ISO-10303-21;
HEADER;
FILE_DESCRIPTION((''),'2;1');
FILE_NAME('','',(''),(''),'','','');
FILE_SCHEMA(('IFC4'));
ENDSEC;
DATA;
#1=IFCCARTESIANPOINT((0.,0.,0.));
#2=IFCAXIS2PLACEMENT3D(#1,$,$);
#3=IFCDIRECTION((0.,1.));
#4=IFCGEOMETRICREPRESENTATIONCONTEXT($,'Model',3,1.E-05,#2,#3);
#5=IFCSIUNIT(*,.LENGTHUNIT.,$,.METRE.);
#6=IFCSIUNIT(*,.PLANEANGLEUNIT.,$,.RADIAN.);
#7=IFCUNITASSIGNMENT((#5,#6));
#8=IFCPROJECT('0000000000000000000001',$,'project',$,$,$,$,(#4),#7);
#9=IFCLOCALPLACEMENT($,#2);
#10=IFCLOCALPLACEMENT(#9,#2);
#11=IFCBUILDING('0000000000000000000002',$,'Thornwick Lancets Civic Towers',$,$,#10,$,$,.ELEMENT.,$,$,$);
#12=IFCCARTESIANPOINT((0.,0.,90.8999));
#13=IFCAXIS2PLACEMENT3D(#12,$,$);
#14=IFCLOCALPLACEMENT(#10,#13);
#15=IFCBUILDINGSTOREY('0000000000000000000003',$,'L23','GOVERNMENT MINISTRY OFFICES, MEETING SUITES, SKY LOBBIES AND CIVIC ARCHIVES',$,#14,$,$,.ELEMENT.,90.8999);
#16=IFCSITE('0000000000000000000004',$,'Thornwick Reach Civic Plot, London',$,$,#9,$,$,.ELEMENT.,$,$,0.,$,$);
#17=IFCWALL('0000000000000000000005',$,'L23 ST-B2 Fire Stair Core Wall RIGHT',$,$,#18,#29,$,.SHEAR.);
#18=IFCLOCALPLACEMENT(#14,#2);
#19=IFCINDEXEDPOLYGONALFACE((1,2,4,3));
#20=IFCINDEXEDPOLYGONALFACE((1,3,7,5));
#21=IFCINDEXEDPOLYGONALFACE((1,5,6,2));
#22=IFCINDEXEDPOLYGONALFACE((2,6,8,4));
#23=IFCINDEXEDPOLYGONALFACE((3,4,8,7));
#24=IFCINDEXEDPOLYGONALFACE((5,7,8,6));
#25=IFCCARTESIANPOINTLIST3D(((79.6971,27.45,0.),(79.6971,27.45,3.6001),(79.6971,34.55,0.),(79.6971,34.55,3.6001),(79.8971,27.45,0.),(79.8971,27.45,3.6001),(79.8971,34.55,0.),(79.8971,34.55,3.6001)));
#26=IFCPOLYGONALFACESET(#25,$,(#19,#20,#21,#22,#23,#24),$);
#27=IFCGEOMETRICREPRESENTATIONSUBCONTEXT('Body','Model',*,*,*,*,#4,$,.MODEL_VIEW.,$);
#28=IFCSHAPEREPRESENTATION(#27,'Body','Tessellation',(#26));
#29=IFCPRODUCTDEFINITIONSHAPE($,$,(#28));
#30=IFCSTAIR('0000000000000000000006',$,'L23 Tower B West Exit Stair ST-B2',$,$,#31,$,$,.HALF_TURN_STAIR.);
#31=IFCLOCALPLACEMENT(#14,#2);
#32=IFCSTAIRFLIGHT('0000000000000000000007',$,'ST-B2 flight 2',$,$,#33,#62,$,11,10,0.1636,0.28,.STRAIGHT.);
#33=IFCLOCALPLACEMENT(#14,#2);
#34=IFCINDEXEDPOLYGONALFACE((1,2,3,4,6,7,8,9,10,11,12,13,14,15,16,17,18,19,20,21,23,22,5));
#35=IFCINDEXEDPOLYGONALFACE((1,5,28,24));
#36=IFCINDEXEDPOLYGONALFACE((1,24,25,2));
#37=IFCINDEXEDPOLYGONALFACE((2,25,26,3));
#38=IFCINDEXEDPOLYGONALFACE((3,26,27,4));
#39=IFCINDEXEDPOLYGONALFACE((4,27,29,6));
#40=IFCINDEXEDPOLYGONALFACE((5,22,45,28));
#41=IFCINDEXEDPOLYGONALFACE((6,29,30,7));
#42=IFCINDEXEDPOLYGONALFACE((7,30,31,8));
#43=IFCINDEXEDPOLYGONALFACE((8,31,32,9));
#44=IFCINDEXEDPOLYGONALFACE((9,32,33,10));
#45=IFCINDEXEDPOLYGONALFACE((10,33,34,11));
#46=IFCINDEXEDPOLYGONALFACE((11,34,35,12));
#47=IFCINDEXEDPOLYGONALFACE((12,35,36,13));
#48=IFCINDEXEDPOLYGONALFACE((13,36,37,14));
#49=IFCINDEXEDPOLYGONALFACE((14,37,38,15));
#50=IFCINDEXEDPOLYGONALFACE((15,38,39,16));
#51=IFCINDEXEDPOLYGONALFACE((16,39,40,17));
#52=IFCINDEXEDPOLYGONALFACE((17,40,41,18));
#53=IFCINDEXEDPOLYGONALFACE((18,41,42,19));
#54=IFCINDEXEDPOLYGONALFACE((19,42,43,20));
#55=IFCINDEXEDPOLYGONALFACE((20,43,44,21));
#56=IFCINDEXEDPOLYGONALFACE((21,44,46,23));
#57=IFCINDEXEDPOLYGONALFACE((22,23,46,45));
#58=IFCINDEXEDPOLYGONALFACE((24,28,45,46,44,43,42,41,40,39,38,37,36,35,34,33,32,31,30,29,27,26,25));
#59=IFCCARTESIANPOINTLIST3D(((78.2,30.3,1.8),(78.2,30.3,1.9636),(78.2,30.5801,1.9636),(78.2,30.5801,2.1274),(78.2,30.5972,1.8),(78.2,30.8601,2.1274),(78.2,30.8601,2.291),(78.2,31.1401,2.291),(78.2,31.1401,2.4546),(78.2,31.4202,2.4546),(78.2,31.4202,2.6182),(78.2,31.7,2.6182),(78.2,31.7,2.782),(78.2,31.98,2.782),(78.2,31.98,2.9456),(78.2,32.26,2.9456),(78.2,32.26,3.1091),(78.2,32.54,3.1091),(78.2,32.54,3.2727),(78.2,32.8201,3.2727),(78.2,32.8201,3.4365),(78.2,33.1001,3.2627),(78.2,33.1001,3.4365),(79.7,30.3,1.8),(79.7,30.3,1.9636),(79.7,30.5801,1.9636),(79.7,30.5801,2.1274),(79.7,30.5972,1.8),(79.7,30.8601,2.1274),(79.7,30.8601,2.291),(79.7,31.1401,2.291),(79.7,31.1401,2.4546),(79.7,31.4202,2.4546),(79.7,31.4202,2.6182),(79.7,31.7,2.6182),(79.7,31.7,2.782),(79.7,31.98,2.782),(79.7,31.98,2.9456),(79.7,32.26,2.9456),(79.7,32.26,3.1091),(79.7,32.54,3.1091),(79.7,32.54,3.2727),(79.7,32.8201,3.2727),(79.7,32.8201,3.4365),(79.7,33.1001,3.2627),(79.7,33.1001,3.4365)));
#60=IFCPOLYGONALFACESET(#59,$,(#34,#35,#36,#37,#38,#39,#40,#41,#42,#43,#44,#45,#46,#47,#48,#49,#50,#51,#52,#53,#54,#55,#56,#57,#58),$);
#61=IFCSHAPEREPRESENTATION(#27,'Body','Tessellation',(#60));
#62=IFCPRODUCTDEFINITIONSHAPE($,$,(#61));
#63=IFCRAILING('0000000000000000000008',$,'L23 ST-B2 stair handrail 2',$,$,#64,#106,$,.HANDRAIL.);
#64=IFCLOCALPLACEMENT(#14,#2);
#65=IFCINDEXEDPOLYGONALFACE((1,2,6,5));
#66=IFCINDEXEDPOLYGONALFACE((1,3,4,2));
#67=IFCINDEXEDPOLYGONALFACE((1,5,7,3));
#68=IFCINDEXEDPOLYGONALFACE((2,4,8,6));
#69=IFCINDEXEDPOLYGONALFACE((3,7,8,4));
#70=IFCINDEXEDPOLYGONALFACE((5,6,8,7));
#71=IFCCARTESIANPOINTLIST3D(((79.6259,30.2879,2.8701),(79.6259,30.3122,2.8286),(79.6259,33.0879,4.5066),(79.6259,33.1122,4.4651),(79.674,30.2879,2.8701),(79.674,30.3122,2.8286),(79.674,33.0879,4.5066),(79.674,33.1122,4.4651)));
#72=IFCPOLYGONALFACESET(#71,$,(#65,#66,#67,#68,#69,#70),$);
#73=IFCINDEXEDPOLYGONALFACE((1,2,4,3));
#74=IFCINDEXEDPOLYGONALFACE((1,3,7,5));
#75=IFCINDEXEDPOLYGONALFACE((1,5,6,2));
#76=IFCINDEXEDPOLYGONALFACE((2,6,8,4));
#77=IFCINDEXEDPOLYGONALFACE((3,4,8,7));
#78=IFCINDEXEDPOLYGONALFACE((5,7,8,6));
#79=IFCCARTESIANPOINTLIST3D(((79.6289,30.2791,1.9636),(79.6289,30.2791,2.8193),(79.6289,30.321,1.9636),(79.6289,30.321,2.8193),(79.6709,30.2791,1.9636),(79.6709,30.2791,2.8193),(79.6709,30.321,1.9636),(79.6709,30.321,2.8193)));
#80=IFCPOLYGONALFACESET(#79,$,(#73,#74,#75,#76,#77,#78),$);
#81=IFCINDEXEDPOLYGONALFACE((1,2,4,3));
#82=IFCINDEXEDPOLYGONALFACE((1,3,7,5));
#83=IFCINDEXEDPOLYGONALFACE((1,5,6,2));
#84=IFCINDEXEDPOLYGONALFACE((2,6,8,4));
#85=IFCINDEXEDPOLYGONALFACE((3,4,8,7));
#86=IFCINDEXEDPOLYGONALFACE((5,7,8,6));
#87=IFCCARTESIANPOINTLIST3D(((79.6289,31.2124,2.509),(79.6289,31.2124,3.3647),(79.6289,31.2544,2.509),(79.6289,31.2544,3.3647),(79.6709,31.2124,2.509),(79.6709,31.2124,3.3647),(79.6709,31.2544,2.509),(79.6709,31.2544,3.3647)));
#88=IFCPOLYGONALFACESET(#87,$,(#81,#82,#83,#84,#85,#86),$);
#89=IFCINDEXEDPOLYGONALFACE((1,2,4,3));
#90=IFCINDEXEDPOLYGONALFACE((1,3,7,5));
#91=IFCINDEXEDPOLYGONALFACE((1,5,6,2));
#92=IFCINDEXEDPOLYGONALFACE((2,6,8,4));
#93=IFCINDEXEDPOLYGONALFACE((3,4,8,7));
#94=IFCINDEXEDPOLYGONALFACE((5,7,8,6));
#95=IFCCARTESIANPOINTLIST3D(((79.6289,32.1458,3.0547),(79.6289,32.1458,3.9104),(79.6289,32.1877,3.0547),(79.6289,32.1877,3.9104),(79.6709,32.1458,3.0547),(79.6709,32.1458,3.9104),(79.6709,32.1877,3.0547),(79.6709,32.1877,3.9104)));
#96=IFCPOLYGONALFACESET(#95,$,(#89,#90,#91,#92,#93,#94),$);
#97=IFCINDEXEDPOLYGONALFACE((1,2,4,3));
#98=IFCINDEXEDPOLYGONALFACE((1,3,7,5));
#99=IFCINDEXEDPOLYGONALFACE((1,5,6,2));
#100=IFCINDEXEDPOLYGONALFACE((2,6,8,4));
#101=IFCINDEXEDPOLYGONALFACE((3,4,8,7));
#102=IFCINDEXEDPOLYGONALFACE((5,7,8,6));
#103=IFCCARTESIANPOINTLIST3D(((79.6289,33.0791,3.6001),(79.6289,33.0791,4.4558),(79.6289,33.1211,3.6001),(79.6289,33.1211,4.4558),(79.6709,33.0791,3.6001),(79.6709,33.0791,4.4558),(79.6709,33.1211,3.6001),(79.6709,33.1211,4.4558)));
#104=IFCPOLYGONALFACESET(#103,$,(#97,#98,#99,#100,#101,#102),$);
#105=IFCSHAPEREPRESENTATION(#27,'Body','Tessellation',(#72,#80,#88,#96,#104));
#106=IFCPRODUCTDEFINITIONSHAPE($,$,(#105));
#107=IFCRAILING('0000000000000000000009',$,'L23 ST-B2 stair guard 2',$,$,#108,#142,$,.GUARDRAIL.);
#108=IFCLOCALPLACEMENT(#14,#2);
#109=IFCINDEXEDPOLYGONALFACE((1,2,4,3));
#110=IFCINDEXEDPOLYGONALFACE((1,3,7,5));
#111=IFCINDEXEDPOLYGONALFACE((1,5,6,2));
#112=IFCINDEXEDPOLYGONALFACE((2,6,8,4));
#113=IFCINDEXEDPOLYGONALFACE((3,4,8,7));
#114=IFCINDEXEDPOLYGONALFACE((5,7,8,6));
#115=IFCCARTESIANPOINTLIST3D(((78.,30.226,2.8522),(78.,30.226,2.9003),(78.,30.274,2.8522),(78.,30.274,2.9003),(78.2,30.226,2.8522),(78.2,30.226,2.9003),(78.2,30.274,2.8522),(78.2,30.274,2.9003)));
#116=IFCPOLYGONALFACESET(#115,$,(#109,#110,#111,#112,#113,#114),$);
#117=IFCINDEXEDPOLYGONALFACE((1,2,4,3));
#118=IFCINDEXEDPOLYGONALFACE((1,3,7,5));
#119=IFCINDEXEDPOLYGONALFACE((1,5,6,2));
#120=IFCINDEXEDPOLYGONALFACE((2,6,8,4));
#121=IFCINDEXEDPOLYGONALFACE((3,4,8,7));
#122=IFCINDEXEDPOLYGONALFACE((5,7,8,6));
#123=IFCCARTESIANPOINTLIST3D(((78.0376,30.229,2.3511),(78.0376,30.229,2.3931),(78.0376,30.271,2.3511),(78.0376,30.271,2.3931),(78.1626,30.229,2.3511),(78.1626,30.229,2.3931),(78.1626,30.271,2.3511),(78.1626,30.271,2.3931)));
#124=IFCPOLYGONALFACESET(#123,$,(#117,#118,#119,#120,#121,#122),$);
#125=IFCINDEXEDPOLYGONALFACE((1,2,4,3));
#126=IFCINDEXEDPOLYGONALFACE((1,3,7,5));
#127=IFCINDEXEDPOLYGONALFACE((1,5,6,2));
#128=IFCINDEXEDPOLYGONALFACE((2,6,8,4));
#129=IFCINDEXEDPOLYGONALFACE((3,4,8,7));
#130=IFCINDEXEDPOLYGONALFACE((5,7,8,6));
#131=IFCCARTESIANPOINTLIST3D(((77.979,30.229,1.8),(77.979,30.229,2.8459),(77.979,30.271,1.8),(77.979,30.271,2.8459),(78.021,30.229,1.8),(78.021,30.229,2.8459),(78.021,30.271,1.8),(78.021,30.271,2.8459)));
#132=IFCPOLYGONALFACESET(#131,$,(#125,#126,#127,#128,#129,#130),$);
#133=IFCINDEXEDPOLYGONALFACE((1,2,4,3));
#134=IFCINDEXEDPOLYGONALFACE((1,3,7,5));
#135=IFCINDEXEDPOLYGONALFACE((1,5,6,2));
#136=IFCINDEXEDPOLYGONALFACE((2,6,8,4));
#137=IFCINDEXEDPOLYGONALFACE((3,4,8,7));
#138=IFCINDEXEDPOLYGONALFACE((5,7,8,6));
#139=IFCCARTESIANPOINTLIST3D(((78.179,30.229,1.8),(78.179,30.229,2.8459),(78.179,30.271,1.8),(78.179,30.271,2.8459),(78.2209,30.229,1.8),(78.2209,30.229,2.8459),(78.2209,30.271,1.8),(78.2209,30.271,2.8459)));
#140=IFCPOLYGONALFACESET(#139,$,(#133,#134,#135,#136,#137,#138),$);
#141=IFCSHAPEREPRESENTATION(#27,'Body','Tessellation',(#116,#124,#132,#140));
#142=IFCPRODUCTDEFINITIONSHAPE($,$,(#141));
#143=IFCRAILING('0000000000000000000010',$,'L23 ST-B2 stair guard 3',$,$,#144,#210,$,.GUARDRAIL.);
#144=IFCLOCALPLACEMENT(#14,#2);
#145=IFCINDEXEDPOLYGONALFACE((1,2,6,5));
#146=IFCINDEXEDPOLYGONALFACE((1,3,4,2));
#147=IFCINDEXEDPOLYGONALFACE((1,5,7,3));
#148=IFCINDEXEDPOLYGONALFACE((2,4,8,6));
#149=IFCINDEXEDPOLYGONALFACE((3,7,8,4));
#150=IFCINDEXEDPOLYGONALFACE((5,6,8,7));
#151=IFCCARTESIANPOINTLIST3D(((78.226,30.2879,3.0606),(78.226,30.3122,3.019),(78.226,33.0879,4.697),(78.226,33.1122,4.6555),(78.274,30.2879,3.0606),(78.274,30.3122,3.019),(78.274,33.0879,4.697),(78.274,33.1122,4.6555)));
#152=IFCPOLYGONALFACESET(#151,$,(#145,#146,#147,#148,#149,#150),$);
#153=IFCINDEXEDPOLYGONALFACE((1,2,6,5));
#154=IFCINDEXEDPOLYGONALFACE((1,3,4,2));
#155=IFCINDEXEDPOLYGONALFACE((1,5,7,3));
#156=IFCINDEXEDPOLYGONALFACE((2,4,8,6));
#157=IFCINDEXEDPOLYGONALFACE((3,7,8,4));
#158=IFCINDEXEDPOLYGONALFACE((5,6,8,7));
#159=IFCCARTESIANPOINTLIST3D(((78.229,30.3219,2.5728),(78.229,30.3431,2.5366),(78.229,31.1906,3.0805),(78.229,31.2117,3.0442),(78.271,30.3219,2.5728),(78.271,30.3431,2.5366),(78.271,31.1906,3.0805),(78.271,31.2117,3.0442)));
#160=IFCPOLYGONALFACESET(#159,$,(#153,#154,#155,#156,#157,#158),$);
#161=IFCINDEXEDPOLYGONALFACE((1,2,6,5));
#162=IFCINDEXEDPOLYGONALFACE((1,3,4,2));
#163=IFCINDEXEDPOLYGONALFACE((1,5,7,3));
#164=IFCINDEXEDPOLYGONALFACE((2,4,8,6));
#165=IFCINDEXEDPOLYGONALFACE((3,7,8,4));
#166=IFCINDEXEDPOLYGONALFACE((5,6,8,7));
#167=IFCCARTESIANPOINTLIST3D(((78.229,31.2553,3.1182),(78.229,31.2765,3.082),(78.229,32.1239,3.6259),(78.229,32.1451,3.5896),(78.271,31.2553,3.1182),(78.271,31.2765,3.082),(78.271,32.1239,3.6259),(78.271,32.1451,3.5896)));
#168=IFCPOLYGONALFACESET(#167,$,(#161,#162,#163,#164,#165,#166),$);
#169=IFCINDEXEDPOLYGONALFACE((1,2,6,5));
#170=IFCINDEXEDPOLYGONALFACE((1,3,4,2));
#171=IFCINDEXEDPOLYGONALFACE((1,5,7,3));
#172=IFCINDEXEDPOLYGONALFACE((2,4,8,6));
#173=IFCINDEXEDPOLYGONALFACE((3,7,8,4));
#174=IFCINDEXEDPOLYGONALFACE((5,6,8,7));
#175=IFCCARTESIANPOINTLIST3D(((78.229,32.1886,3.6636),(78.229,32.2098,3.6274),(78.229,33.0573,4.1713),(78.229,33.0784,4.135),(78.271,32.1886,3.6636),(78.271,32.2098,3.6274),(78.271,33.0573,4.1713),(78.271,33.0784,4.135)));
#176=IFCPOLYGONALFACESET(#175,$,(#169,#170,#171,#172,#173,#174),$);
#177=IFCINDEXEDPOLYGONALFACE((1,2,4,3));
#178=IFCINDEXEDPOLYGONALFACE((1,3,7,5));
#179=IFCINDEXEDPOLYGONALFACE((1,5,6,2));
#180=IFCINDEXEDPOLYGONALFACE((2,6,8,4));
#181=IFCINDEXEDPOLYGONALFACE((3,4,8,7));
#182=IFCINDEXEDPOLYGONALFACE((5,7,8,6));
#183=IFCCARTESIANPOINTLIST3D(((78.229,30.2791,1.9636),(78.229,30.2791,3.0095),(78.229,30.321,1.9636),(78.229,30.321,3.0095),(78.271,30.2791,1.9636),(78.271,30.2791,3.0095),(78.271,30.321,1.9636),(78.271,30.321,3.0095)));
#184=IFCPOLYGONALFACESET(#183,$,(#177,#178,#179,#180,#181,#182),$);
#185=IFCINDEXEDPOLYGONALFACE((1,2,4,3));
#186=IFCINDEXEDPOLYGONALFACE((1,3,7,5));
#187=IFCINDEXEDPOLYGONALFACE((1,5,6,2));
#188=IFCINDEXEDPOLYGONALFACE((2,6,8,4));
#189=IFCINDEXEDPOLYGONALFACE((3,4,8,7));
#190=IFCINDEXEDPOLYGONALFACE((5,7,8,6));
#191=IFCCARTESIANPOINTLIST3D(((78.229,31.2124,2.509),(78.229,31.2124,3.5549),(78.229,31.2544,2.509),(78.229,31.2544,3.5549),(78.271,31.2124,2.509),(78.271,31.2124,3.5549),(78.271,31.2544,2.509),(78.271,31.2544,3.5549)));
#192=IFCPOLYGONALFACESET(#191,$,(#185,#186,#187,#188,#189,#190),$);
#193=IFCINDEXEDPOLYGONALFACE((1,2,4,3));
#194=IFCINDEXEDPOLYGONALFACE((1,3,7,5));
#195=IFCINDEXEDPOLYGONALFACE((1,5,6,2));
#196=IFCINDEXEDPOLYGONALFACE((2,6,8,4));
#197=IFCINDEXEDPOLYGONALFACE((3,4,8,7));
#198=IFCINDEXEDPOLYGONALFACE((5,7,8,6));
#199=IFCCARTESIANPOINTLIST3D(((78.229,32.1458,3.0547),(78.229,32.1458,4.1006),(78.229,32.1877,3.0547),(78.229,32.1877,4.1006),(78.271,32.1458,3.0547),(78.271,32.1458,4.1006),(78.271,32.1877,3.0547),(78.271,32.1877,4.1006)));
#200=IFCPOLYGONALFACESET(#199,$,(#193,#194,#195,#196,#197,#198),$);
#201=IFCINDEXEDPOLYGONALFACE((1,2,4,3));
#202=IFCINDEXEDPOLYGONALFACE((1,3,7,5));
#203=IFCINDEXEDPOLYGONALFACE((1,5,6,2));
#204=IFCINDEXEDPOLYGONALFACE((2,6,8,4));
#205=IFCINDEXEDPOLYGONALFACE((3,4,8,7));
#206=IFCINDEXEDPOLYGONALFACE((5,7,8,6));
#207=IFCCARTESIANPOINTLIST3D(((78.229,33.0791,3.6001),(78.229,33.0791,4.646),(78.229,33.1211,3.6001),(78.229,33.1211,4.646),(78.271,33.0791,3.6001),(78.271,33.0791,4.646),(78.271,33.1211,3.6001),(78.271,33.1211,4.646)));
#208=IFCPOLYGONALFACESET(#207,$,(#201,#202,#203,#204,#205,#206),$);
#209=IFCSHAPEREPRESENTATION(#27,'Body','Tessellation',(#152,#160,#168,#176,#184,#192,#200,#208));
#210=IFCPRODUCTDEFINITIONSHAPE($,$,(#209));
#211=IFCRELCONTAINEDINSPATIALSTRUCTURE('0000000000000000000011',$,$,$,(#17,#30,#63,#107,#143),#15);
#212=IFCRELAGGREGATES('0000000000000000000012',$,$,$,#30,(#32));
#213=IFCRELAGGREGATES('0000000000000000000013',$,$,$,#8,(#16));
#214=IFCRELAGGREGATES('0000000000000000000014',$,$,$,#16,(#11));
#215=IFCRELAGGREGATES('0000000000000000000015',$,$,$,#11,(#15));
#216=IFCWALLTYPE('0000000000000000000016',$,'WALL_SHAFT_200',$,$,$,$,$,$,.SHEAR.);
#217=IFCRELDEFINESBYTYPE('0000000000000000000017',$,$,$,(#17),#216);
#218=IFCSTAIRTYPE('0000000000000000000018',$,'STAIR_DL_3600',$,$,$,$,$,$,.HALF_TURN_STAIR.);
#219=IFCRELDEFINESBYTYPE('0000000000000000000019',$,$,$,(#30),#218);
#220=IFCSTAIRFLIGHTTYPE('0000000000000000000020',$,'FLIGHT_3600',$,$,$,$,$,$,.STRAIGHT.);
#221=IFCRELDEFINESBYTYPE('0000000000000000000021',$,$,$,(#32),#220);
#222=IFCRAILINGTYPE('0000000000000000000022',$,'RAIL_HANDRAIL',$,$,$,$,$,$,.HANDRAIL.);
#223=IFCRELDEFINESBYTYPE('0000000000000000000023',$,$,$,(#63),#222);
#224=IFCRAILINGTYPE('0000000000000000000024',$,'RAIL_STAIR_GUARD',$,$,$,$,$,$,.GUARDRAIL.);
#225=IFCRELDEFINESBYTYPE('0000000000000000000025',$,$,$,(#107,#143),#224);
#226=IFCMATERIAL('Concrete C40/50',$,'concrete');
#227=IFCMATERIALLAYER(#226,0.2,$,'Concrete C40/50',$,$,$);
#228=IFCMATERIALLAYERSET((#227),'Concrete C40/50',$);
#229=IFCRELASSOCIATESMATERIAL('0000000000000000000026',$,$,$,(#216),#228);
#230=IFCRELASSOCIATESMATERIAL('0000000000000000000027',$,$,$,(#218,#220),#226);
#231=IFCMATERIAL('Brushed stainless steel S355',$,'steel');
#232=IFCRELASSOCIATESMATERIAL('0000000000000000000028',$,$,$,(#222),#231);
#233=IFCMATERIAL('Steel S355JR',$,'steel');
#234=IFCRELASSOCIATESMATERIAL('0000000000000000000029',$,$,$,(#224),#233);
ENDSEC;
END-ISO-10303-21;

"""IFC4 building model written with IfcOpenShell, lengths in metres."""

from ifc_helpers import new_model, si_unit, direction, frame, frame_2d, origin, origin_2d, place, context, subcontext, project, spatial, polyline, rectangle, outline, extrude, material, layer, layer_set, type_object, element, aggregate, save


model = new_model("IFC4")

# Units and contexts
model_context = context("Model", 3, precision=1e-05, world=origin(), true_north=direction((0.0, 1.0)))
body_context = subcontext(model_context, "Body", "Model", "MODEL_VIEW")
ifc_project = project(units=[si_unit("LENGTHUNIT", "METRE"), si_unit("PLANEANGLEUNIT", "RADIAN")], contexts=[model_context])

# Site, building, storey
site_placement = place(None, origin())
site = spatial("IfcSite", under=ifc_project, at=site_placement, Name="Thornwick Reach Civic Plot, London", CompositionType="ELEMENT", RefElevation=0.0)
building_placement = place(site_placement, origin())
building = spatial("IfcBuilding", under=site, at=building_placement, Name="Thornwick Lancets Civic Towers", CompositionType="ELEMENT")
storey_placement = place(building_placement, frame((0.0, 0.0, 90.8999)))
storey = spatial("IfcBuildingStorey", under=building, at=storey_placement, Name="L23", Description="GOVERNMENT MINISTRY OFFICES, MEETING SUITES, SKY LOBBIES AND CIVIC ARCHIVES", CompositionType="ELEMENT", Elevation=90.8999)

# Wall
ifc_material_1 = material(Name="Concrete C40/50", Category="concrete")
ifc_layer_1 = layer(ifc_material_1, 0.2, Name="Concrete C40/50")
ifc_layer_set_1 = layer_set([ifc_layer_1], Name="Concrete C40/50")
wall_type_1 = type_object("IfcWallType", Name="WALL_SHAFT_200", PredefinedType="SHEAR", material=ifc_layer_set_1)
wall_1_placement = place(storey_placement, frame((79.7971, 27.45, 0.0), z_axis=(0.0, 0.0, 1.0), x_axis=(0.0, 1.0, 0.0)))
element("IfcWall", 1, at=wall_1_placement, inside=storey, type_object=wall_type_1, Name="L23 ST-B2 Fire Stair Core Wall RIGHT", PredefinedType="SHEAR", context=body_context, shape_type="SweptSolid", body=[
    extrude(rectangle(XDim=7.1001, YDim=0.2, at=frame_2d((3.55, 0.0))), origin(), (0.0, 0.0, 1.0), 3.6001),
])

# Stair, stair flight
stair_type = type_object("IfcStairType", Name="STAIR_DL_3600", PredefinedType="HALF_TURN_STAIR", material=ifc_material_1)
stair_placement = place(storey_placement, origin())
stair = element("IfcStair", 2, at=stair_placement, inside=storey, type_object=stair_type, Name="L23 Tower B West Exit Stair ST-B2", PredefinedType="HALF_TURN_STAIR")
stair_flight_type = type_object("IfcStairFlightType", Name="FLIGHT_3600", PredefinedType="STRAIGHT", material=ifc_material_1)
stair_flight_placement = place(storey_placement, frame((78.95, 30.3, 1.8), z_axis=(0.0, 0.0, 1.0), x_axis=(0.0, 1.0, 0.0)))
stair_flight = element("IfcStairFlight", 3, at=stair_flight_placement, type_object=stair_flight_type, Name="ST-B2 flight 2", NumberOfRisers=11, NumberOfTreads=10, PredefinedType="STRAIGHT", RiserHeight=0.1636, TreadLength=0.28, context=body_context, shape_type="SweptSolid", body=[
    extrude(outline(polyline([(0.0, 0.0), (0.0, 0.1636), (0.28, 0.1636), (0.28, 0.3274), (0.5601, 0.3274), (0.5601, 0.491), (0.8401, 0.491), (0.8401, 0.6545), (1.1201, 0.6545), (1.1201, 0.8181), (1.3999, 0.8181), (1.3999, 0.9819), (1.6799, 0.9819), (1.6799, 1.1455), (1.96, 1.1455), (1.96, 1.3091), (2.24, 1.3091), (2.24, 1.4727), (2.52, 1.4727), (2.52, 1.6365), (2.8, 1.6365), (2.8, 1.8), (2.8, 1.4626), (0.2971, 0.0), (0.0, 0.0)])), frame((0.0, 0.75, 0.0), z_axis=(0.0, -1.0, 0.0), x_axis=(1.0, 0.0, 0.0)), (0.0, 0.0, 1.0), 1.5),
])
aggregate(stair, [stair_flight])

# Railings
ifc_material_2 = material(Name="Brushed stainless steel S355", Category="steel")
railing_type_1 = type_object("IfcRailingType", Name="RAIL_HANDRAIL", PredefinedType="HANDRAIL", material=ifc_material_2)
railing_1_placement = place(storey_placement, frame((79.6499, 30.3, 1.9636)))
element("IfcRailing", 4, at=railing_1_placement, inside=storey, type_object=railing_type_1, Name="L23 ST-B2 stair handrail 2", PredefinedType="HANDRAIL", context=body_context, shape_type="SweptSolid", body=[
    extrude(rectangle(XDim=0.0481, YDim=0.0481, at=origin_2d()), frame((0.0, 0.0, 0.8857), z_axis=(0.0, 0.863361, 0.504587), x_axis=(-1.0, 0.0, 0.0)), (0.0, 0.0, 1.0), 3.2432),
    extrude(rectangle(XDim=0.042, YDim=0.042, at=origin_2d()), origin(), (0.0, 0.0, 1.0), 0.8557),
    extrude(rectangle(XDim=0.042, YDim=0.042, at=origin_2d()), frame((0.0, 0.9333, 0.5454)), (0.0, 0.0, 1.0), 0.8557),
    extrude(rectangle(XDim=0.042, YDim=0.042, at=origin_2d()), frame((0.0, 1.8667, 1.0911)), (0.0, 0.0, 1.0), 0.8557),
    extrude(rectangle(XDim=0.042, YDim=0.042, at=origin_2d()), frame((0.0, 2.8, 1.6365)), (0.0, 0.0, 1.0), 0.8557),
])
ifc_material_3 = material(Name="Steel S355JR", Category="steel")
railing_type_2 = type_object("IfcRailingType", Name="RAIL_STAIR_GUARD", PredefinedType="GUARDRAIL", material=ifc_material_3)
railing_2_placement = place(storey_placement, frame((78.0, 30.25, 1.8)))
element("IfcRailing", 5, at=railing_2_placement, inside=storey, type_object=railing_type_2, Name="L23 ST-B2 stair guard 2", PredefinedType="GUARDRAIL", context=body_context, shape_type="SweptSolid", body=[
    extrude(rectangle(XDim=0.0481, YDim=0.0481, at=origin_2d()), frame((0.0, 0.0, 1.0762), z_axis=(1.0, 0.0, 0.0), x_axis=(0.0, 1.0, 0.0)), (0.0, 0.0, 1.0), 0.2),
    extrude(rectangle(XDim=0.042, YDim=0.042, at=origin_2d()), frame((0.0376, 0.0, 0.572), z_axis=(1.0, 0.0, 0.0), x_axis=(0.0, 1.0, 0.0)), (0.0, 0.0, 1.0), 0.125),
    extrude(rectangle(XDim=0.042, YDim=0.042, at=origin_2d()), origin(), (0.0, 0.0, 1.0), 1.0459),
    extrude(rectangle(XDim=0.042, YDim=0.042, at=origin_2d()), frame((0.2, 0.0, 0.0)), (0.0, 0.0, 1.0), 1.0459),
])
railing_3_placement = place(storey_placement, frame((78.25, 30.3, 1.9636)))
element("IfcRailing", 6, at=railing_3_placement, inside=storey, type_object=railing_type_2, Name="L23 ST-B2 stair guard 3", PredefinedType="GUARDRAIL", context=body_context, shape_type="SweptSolid", body=[
    extrude(rectangle(XDim=0.0481, YDim=0.0481, at=origin_2d()), frame((0.0, 0.0, 1.0762), z_axis=(0.0, 0.863361, 0.504587), x_axis=(-1.0, 0.0, 0.0)), (0.0, 0.0, 1.0), 3.2432),
    extrude(rectangle(XDim=0.042, YDim=0.042, at=origin_2d()), frame((0.0, 0.0325, 0.5911), z_axis=(0.0, 0.863361, 0.504587), x_axis=(-1.0, 0.0, 0.0)), (0.0, 0.0, 1.0), 1.0061),
    extrude(rectangle(XDim=0.042, YDim=0.042, at=origin_2d()), frame((0.0, 0.9658, 1.1365), z_axis=(0.0, 0.863361, 0.504587), x_axis=(-1.0, 0.0, 0.0)), (0.0, 0.0, 1.0), 1.0061),
    extrude(rectangle(XDim=0.042, YDim=0.042, at=origin_2d()), frame((0.0, 1.8992, 1.6819), z_axis=(0.0, 0.863361, 0.504587), x_axis=(-1.0, 0.0, 0.0)), (0.0, 0.0, 1.0), 1.0061),
    extrude(rectangle(XDim=0.042, YDim=0.042, at=origin_2d()), origin(), (0.0, 0.0, 1.0), 1.0459),
    extrude(rectangle(XDim=0.042, YDim=0.042, at=origin_2d()), frame((0.0, 0.9333, 0.5454)), (0.0, 0.0, 1.0), 1.0459),
    extrude(rectangle(XDim=0.042, YDim=0.042, at=origin_2d()), frame((0.0, 1.8667, 1.0911)), (0.0, 0.0, 1.0), 1.0459),
    extrude(rectangle(XDim=0.042, YDim=0.042, at=origin_2d()), frame((0.0, 2.8, 1.6365)), (0.0, 0.0, 1.0), 1.0459),
])

save(model, "model.ifc")
